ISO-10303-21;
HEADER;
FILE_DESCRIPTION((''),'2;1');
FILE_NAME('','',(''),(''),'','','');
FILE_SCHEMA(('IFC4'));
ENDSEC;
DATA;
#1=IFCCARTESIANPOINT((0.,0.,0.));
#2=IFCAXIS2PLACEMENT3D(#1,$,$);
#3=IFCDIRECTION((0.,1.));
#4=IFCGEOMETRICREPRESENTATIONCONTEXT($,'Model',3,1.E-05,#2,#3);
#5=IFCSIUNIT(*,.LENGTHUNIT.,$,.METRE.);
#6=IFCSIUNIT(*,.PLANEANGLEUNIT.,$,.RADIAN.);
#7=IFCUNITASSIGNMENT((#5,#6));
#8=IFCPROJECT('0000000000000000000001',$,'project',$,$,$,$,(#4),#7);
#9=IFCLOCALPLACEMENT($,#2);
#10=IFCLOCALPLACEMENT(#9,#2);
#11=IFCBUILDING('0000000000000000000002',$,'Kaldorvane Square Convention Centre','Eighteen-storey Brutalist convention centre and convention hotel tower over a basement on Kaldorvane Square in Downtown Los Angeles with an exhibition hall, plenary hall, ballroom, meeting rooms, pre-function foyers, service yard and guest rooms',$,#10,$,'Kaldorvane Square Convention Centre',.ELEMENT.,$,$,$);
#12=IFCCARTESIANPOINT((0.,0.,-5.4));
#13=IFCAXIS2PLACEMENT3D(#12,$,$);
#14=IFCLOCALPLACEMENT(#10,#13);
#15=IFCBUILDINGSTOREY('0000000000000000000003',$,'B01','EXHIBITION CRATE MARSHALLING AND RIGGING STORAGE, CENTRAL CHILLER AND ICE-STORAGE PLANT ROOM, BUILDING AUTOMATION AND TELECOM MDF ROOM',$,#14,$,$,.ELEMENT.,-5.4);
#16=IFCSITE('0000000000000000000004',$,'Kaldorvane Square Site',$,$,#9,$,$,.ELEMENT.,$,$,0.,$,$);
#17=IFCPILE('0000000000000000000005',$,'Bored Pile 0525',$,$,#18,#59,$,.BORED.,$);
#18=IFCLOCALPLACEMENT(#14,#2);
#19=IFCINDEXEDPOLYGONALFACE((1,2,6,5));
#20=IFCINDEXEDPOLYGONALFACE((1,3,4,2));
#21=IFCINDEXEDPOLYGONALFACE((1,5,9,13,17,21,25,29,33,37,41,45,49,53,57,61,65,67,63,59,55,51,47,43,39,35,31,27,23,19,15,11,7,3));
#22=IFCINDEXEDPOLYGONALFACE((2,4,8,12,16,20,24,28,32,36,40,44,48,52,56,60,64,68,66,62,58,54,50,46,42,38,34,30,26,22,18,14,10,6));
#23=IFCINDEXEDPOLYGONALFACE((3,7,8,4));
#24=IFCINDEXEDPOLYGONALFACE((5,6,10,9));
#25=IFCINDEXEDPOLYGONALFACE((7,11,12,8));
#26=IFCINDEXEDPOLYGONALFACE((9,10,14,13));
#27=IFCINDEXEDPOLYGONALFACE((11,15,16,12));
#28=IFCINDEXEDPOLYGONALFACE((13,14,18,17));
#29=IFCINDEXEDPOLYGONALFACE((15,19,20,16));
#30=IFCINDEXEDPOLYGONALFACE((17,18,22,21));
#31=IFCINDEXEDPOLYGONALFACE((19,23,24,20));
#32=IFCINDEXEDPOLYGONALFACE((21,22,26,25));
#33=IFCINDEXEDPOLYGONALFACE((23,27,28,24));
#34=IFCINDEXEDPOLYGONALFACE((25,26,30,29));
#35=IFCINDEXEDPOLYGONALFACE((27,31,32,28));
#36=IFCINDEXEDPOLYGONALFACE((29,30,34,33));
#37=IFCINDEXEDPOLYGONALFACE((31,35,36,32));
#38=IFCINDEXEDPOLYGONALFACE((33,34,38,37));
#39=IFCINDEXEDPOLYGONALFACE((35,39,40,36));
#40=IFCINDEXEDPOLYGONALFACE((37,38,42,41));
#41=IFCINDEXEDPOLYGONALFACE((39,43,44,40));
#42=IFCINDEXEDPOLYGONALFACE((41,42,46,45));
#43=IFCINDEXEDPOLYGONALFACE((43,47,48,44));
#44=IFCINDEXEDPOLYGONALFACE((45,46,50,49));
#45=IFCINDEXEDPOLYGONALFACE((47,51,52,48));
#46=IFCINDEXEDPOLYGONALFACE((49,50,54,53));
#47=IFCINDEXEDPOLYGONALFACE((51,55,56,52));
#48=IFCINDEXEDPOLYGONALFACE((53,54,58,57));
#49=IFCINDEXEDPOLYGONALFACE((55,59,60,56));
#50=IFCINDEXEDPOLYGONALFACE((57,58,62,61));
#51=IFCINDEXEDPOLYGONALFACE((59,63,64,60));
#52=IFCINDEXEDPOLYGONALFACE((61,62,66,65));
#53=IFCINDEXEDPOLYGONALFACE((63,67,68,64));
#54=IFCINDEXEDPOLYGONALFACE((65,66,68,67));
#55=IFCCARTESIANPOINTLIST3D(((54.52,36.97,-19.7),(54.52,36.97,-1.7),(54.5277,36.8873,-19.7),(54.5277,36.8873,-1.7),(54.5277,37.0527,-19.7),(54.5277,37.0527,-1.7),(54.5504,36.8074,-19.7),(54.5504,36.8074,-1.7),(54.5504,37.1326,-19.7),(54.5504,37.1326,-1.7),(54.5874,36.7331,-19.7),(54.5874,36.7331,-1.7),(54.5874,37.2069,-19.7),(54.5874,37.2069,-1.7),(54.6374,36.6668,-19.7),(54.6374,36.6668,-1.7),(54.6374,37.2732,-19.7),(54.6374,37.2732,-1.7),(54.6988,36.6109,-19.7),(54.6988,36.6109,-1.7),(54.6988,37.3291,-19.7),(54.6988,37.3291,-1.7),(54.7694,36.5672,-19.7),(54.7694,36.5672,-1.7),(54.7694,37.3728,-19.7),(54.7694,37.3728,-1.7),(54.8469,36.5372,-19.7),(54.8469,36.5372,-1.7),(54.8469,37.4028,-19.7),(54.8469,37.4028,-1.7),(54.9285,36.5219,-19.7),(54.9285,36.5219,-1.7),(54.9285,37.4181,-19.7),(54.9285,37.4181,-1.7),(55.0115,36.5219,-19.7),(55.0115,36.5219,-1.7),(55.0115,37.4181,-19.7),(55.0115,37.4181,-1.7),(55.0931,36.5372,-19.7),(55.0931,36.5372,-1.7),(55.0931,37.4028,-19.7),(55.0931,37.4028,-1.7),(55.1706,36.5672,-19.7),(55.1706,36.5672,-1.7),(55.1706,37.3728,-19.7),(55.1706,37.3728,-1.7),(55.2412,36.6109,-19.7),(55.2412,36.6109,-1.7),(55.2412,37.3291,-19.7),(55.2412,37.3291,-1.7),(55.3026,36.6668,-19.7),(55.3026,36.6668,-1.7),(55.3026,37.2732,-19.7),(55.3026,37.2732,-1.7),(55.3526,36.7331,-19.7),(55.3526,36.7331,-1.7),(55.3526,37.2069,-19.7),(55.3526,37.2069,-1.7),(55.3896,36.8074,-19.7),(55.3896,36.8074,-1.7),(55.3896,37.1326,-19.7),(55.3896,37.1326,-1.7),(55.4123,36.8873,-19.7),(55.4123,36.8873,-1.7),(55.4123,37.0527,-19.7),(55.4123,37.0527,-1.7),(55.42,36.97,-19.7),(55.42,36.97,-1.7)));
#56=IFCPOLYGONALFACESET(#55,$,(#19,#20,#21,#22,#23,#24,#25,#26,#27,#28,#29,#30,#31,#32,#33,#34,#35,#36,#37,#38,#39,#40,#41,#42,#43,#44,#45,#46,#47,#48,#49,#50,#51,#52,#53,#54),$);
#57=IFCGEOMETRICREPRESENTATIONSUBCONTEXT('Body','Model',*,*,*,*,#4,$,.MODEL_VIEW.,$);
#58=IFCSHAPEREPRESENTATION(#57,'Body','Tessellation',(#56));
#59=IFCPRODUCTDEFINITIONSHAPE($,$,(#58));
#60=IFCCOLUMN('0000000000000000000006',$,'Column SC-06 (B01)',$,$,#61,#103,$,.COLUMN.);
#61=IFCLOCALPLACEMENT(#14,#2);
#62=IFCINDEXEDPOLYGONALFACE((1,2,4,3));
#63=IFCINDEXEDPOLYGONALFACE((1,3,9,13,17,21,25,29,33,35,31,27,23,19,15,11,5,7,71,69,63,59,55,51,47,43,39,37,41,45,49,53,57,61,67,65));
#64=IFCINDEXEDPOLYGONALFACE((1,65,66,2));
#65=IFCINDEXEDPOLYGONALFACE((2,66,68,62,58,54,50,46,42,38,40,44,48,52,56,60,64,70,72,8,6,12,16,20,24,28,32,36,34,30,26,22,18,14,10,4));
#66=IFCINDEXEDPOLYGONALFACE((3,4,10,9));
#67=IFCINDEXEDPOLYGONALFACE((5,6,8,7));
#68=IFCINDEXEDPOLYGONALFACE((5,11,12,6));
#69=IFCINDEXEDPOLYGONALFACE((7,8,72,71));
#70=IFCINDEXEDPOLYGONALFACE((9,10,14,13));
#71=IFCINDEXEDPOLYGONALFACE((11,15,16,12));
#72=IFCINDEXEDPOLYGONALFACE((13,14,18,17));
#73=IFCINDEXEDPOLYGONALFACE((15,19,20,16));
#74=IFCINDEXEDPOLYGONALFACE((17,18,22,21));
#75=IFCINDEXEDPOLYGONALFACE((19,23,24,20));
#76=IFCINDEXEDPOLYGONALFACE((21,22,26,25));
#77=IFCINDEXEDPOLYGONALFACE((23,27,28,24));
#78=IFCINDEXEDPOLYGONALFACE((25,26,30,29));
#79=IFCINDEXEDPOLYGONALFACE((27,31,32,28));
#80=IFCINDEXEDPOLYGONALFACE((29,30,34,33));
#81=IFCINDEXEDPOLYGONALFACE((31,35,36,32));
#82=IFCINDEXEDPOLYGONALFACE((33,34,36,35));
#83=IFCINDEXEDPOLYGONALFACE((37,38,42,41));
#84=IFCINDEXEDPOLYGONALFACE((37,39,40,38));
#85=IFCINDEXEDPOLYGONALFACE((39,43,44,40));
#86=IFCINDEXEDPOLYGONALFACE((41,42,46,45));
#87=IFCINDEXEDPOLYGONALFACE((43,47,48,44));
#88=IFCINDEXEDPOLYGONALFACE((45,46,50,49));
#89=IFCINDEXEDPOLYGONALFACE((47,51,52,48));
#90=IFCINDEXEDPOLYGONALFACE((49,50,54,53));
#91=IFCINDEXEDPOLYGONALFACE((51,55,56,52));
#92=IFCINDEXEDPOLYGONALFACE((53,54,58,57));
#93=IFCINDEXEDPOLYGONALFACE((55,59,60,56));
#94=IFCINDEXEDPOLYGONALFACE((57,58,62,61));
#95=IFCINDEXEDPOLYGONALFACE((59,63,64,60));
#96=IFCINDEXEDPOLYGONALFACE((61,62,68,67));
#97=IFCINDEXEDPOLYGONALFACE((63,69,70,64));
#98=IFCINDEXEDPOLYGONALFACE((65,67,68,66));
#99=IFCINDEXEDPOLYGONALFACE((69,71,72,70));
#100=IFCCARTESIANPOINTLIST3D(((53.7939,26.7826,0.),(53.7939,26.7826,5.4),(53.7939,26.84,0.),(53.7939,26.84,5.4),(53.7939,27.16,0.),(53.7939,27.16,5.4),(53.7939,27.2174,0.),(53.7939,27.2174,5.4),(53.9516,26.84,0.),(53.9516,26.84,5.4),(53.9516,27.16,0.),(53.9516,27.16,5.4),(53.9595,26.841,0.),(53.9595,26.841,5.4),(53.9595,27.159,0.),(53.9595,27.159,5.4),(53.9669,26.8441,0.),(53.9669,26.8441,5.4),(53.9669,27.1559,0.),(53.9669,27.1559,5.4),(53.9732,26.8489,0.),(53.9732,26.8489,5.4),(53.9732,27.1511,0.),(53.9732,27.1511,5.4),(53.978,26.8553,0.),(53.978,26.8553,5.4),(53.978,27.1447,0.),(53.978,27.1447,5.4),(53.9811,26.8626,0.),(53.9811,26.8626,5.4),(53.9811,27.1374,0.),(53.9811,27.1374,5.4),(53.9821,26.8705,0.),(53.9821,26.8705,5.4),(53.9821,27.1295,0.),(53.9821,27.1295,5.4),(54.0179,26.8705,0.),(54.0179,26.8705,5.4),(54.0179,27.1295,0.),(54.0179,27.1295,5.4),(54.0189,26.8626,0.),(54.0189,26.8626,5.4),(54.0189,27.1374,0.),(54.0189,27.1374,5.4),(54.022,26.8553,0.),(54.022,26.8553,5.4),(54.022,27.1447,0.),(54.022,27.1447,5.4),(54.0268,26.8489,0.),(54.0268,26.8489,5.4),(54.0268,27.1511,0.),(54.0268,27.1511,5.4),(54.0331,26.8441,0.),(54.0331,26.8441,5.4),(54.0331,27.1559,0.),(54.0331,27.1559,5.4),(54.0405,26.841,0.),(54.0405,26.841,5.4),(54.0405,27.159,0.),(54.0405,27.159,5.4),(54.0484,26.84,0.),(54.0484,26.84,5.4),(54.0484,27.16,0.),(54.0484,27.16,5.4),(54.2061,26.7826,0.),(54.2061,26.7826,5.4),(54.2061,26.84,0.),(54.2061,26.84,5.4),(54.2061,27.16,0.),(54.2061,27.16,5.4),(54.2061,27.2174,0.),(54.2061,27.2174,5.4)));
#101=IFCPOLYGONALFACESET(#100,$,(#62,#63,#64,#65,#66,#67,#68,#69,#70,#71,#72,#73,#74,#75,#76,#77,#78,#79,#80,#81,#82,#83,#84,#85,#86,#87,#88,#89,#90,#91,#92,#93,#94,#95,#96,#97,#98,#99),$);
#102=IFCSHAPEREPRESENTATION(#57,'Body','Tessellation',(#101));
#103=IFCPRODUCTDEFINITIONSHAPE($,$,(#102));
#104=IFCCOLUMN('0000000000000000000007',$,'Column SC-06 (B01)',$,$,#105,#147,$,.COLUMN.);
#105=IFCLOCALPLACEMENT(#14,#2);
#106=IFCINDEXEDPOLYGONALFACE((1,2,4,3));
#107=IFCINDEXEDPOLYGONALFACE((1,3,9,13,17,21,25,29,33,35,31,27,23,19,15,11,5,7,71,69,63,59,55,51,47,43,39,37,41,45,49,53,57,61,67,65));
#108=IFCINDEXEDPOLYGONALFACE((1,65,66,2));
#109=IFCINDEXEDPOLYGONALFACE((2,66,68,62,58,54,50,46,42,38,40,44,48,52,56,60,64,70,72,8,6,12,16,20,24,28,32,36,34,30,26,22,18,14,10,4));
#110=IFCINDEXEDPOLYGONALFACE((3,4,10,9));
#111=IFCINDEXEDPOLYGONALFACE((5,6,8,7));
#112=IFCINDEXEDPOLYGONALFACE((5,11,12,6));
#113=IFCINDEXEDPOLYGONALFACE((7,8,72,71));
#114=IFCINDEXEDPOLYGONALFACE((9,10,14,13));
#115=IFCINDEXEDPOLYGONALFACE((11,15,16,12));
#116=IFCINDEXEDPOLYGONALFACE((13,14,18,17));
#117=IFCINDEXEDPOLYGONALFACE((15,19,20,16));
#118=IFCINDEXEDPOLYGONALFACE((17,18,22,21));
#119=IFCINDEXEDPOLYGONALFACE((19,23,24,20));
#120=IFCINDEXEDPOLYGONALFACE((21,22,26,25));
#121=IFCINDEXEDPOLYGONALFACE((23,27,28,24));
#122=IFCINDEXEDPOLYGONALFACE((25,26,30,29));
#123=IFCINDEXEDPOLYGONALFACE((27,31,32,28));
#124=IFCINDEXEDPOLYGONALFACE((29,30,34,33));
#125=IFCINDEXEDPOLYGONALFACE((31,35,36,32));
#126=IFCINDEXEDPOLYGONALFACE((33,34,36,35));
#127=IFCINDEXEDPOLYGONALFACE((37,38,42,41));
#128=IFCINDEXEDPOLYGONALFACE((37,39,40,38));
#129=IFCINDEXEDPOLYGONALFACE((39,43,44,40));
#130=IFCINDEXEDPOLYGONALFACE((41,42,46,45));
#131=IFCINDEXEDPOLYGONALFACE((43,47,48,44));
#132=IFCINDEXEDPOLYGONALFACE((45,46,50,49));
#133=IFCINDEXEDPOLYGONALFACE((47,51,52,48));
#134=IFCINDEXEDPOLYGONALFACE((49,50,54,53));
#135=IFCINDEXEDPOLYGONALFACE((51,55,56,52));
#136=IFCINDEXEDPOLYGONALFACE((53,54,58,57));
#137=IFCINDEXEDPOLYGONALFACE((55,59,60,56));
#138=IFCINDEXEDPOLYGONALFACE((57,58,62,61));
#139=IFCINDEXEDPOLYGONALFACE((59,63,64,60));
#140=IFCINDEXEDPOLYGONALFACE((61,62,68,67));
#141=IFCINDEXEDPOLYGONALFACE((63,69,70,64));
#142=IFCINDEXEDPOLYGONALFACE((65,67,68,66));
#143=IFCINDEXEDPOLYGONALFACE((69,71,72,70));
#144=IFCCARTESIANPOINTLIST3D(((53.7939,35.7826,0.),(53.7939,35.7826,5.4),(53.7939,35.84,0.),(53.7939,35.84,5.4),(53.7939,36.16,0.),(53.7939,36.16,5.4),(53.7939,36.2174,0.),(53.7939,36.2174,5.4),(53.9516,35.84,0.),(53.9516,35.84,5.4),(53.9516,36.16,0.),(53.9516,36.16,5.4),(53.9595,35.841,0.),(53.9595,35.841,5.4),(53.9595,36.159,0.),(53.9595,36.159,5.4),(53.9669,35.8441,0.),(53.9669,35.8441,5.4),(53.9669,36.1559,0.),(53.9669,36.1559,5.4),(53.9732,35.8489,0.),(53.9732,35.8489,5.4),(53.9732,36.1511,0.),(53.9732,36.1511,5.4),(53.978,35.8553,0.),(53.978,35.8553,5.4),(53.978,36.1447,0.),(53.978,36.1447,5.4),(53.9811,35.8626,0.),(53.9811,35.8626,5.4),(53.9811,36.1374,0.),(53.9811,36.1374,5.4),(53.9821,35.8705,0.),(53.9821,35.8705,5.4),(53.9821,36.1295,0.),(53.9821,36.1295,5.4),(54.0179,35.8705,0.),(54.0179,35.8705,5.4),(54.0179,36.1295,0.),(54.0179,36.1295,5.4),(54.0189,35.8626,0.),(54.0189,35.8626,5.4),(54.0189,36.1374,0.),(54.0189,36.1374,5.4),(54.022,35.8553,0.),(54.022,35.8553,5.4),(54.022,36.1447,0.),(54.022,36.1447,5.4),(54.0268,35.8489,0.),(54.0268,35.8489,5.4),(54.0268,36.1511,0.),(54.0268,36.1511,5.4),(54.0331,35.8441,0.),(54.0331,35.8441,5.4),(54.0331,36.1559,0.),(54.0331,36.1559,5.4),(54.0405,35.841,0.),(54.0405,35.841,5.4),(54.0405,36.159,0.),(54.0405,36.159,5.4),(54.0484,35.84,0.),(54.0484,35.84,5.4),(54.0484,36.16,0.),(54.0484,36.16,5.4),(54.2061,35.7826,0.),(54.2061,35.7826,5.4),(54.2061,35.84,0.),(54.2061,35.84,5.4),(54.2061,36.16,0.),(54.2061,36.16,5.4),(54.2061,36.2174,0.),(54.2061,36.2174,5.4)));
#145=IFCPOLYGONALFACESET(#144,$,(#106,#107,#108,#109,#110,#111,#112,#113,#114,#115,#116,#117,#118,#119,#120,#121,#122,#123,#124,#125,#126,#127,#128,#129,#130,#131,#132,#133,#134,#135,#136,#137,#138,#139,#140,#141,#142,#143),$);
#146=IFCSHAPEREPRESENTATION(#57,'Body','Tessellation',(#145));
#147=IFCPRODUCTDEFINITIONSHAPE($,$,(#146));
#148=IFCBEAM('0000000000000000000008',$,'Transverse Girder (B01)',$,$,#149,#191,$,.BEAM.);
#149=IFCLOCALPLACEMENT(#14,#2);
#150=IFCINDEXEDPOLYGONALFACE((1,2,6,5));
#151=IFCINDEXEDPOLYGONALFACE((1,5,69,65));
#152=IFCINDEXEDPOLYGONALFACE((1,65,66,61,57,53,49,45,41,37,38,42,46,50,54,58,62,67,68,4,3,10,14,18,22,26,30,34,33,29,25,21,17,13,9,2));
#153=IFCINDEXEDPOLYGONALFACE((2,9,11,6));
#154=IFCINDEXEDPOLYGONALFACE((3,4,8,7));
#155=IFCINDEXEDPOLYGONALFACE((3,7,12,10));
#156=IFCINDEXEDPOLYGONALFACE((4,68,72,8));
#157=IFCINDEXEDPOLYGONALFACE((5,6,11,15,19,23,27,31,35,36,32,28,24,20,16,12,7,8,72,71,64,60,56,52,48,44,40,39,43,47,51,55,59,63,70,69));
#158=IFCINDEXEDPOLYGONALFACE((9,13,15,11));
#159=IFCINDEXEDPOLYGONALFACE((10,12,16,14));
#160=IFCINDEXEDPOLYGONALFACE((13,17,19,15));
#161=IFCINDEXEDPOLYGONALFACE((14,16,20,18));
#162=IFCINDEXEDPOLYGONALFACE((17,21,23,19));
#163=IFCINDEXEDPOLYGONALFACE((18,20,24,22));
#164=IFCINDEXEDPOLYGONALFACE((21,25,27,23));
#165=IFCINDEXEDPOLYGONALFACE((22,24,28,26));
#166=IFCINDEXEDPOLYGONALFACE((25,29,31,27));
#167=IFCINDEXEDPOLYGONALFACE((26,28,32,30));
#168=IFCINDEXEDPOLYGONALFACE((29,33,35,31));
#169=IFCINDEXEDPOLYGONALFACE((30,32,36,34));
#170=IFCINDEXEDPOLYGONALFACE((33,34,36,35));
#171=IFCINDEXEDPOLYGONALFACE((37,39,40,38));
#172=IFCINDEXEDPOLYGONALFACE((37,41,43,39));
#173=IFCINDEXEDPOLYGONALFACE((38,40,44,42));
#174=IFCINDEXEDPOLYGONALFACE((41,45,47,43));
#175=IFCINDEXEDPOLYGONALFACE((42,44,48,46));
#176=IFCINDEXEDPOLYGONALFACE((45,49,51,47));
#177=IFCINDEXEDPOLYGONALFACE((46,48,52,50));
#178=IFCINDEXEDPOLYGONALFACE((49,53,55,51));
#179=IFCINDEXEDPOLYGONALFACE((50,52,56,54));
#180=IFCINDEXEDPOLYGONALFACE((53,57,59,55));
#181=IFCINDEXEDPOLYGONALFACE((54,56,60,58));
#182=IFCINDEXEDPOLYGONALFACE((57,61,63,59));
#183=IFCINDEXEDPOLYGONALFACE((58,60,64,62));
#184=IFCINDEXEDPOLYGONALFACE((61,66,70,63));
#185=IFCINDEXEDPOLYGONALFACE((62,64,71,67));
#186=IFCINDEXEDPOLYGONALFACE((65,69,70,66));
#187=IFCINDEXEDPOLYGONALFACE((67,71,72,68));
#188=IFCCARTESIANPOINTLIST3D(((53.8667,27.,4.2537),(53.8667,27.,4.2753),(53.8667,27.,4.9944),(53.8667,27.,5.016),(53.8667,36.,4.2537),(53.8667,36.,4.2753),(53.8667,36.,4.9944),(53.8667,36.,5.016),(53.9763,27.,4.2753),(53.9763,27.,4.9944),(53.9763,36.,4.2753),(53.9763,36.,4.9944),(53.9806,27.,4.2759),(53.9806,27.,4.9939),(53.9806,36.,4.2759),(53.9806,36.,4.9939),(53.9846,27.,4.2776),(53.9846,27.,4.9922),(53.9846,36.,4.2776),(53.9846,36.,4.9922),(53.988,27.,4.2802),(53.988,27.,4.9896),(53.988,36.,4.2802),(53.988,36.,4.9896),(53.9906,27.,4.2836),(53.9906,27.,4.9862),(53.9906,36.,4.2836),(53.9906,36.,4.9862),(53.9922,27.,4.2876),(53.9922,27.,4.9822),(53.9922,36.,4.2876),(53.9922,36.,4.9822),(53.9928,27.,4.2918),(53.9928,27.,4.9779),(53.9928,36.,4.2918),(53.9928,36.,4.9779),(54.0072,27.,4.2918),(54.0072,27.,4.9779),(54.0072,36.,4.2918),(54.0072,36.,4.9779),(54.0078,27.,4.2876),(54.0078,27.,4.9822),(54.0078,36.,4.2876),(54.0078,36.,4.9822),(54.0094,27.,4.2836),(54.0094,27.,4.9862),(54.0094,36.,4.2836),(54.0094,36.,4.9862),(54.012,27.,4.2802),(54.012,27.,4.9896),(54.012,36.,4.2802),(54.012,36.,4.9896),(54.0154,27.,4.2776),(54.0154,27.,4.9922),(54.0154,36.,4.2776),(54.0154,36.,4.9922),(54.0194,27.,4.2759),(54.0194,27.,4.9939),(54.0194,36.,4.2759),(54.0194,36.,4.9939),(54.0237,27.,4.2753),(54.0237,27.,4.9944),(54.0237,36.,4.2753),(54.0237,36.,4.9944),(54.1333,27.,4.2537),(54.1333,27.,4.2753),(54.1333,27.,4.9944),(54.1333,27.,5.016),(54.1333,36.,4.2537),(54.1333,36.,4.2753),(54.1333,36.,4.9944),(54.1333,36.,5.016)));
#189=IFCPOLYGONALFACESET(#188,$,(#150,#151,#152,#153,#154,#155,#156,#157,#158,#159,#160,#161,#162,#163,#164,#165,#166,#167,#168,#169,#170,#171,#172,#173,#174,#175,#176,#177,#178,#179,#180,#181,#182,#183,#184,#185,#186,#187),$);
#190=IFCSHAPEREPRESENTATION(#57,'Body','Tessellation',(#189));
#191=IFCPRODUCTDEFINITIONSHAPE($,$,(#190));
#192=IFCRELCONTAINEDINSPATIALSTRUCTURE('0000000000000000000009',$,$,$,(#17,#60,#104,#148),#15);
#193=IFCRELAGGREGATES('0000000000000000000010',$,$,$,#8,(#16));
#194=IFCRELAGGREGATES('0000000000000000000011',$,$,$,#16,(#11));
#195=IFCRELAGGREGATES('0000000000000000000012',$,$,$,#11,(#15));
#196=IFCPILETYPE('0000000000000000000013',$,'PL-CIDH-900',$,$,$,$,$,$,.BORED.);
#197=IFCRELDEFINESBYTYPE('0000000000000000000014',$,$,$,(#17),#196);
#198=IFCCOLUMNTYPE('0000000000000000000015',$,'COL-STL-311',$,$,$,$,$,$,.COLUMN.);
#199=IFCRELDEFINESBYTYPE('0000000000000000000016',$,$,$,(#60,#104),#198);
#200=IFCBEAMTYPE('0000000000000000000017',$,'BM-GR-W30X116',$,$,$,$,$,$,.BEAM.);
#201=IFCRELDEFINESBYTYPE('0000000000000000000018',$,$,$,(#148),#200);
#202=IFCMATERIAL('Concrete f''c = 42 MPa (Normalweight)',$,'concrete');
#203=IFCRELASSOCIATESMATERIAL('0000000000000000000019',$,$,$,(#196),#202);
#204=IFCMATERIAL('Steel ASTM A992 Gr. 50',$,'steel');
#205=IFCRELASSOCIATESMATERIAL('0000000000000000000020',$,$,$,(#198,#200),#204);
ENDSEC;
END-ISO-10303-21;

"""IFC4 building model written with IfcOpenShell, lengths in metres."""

from ifc_helpers import new_model, si_unit, direction, frame, origin, origin_2d, place, context, subcontext, project, spatial, circle, i_section, extrude, material, material_profile, profile_set, type_object, element, save


model = new_model("IFC4")

# Units and contexts
model_context = context("Model", 3, precision=1e-05, world=origin(), true_north=direction((0.0, 1.0)))
body_context = subcontext(model_context, "Body", "Model", "MODEL_VIEW")
ifc_project = project(units=[si_unit("LENGTHUNIT", "METRE"), si_unit("PLANEANGLEUNIT", "RADIAN")], contexts=[model_context])

# Site, building, storey
site_placement = place(None, origin())
site = spatial("IfcSite", under=ifc_project, at=site_placement, Name="Kaldorvane Square Site", CompositionType="ELEMENT", RefElevation=0.0)
building_placement = place(site_placement, origin())
building = spatial("IfcBuilding", under=site, at=building_placement, Name="Kaldorvane Square Convention Centre", Description="Eighteen-storey Brutalist convention centre and convention hotel tower over a basement on Kaldorvane Square in Downtown Los Angeles with an exhibition hall, plenary hall, ballroom, meeting rooms, pre-function foyers, service yard and guest rooms", LongName="Kaldorvane Square Convention Centre", CompositionType="ELEMENT")
storey_placement = place(building_placement, frame((0.0, 0.0, -5.4)))
storey = spatial("IfcBuildingStorey", under=building, at=storey_placement, Name="B01", Description="EXHIBITION CRATE MARSHALLING AND RIGGING STORAGE, CENTRAL CHILLER AND ICE-STORAGE PLANT ROOM, BUILDING AUTOMATION AND TELECOM MDF ROOM", CompositionType="ELEMENT", Elevation=-5.4)

# Shared definitions
ifc_material_1 = material(Name="Concrete f'c = 42 MPa (Normalweight)", Category="concrete")

# Pile
ifc_material_profile_1 = material_profile(ifc_material_1, circle(Radius=0.45, at=origin_2d()), Name="PILE-D900")
ifc_profile_set_1 = profile_set([ifc_material_profile_1], Name="Concrete f'c = 42 MPa (Normalweight)")
pile_type = type_object("IfcPileType", Name="PL-CIDH-900", PredefinedType="BORED", material=ifc_profile_set_1)
for number, where, z_axis, x_axis, name in (
    (1, (54.97, 36.97, -1.7), (0.0, 0.0, -1.0), (1.0, 0.0, 0.0), "Bored Pile 0525"),
):
    element("IfcPile", number, at=place(storey_placement, frame(where, z_axis=z_axis, x_axis=x_axis)), inside=storey, type_object=pile_type, Name=name, PredefinedType="BORED", context=body_context, shape_type="SweptSolid", body=[
        extrude(circle(Radius=0.45, at=origin_2d()), origin(), (0.0, 0.0, 1.0), 18.0),
    ])

# Columns
ifc_material_2 = material(Name="Steel ASTM A992 Gr. 50", Category="steel")
ifc_material_profile_2 = material_profile(ifc_material_2, i_section(OverallWidth=0.4122, OverallDepth=0.4348, WebThickness=0.0358, FlangeThickness=0.0574, FilletRadius=0.0305, at=origin_2d()), Name="W14X311")
ifc_profile_set_2 = profile_set([ifc_material_profile_2], Name="Steel ASTM A992 Gr. 50")
column_type = type_object("IfcColumnType", Name="COL-STL-311", PredefinedType="COLUMN", material=ifc_profile_set_2)
for number, where, z_axis, x_axis, name in (
    (2, (54.0, 27.0, 0.0), (0.0, 0.0, 1.0), (1.0, 0.0, 0.0), "Column SC-06 (B01)"),
    (3, (54.0, 36.0, 0.0), (0.0, 0.0, 1.0), (1.0, 0.0, 0.0), "Column SC-06 (B01)"),
):
    element("IfcColumn", number, at=place(storey_placement, frame(where, z_axis=z_axis, x_axis=x_axis)), inside=storey, type_object=column_type, Name=name, PredefinedType="COLUMN", context=body_context, shape_type="SweptSolid", body=[
        extrude(i_section(OverallWidth=0.4122, OverallDepth=0.4348, WebThickness=0.0358, FlangeThickness=0.0574, FilletRadius=0.0305, at=origin_2d()), origin(), (0.0, 0.0, 1.0), 5.4),
    ])

# Beam
ifc_material_profile_3 = material_profile(ifc_material_2, i_section(OverallWidth=0.2666, OverallDepth=0.7623, WebThickness=0.0144, FlangeThickness=0.0216, FilletRadius=0.0165, at=origin_2d()), Name="W30X116")
ifc_profile_set_3 = profile_set([ifc_material_profile_3], Name="Steel ASTM A992 Gr. 50")
beam_type_1 = type_object("IfcBeamType", Name="BM-GR-W30X116", PredefinedType="BEAM", material=ifc_profile_set_3)
for number, where, z_axis, x_axis, name in (
    (4, (54.0, 27.0, 4.6349), (0.0, 1.0, 0.0), (-1.0, 0.0, 0.0), "Transverse Girder (B01)"),
):
    element("IfcBeam", number, at=place(storey_placement, frame(where, z_axis=z_axis, x_axis=x_axis)), inside=storey, type_object=beam_type_1, Name=name, PredefinedType="BEAM", context=body_context, shape_type="SweptSolid", body=[
        extrude(i_section(OverallWidth=0.2666, OverallDepth=0.7623, WebThickness=0.0144, FlangeThickness=0.0216, FilletRadius=0.0165, at=origin_2d()), origin(), (0.0, 0.0, 1.0), 9.0),
    ])

save(model, "model.ifc")
